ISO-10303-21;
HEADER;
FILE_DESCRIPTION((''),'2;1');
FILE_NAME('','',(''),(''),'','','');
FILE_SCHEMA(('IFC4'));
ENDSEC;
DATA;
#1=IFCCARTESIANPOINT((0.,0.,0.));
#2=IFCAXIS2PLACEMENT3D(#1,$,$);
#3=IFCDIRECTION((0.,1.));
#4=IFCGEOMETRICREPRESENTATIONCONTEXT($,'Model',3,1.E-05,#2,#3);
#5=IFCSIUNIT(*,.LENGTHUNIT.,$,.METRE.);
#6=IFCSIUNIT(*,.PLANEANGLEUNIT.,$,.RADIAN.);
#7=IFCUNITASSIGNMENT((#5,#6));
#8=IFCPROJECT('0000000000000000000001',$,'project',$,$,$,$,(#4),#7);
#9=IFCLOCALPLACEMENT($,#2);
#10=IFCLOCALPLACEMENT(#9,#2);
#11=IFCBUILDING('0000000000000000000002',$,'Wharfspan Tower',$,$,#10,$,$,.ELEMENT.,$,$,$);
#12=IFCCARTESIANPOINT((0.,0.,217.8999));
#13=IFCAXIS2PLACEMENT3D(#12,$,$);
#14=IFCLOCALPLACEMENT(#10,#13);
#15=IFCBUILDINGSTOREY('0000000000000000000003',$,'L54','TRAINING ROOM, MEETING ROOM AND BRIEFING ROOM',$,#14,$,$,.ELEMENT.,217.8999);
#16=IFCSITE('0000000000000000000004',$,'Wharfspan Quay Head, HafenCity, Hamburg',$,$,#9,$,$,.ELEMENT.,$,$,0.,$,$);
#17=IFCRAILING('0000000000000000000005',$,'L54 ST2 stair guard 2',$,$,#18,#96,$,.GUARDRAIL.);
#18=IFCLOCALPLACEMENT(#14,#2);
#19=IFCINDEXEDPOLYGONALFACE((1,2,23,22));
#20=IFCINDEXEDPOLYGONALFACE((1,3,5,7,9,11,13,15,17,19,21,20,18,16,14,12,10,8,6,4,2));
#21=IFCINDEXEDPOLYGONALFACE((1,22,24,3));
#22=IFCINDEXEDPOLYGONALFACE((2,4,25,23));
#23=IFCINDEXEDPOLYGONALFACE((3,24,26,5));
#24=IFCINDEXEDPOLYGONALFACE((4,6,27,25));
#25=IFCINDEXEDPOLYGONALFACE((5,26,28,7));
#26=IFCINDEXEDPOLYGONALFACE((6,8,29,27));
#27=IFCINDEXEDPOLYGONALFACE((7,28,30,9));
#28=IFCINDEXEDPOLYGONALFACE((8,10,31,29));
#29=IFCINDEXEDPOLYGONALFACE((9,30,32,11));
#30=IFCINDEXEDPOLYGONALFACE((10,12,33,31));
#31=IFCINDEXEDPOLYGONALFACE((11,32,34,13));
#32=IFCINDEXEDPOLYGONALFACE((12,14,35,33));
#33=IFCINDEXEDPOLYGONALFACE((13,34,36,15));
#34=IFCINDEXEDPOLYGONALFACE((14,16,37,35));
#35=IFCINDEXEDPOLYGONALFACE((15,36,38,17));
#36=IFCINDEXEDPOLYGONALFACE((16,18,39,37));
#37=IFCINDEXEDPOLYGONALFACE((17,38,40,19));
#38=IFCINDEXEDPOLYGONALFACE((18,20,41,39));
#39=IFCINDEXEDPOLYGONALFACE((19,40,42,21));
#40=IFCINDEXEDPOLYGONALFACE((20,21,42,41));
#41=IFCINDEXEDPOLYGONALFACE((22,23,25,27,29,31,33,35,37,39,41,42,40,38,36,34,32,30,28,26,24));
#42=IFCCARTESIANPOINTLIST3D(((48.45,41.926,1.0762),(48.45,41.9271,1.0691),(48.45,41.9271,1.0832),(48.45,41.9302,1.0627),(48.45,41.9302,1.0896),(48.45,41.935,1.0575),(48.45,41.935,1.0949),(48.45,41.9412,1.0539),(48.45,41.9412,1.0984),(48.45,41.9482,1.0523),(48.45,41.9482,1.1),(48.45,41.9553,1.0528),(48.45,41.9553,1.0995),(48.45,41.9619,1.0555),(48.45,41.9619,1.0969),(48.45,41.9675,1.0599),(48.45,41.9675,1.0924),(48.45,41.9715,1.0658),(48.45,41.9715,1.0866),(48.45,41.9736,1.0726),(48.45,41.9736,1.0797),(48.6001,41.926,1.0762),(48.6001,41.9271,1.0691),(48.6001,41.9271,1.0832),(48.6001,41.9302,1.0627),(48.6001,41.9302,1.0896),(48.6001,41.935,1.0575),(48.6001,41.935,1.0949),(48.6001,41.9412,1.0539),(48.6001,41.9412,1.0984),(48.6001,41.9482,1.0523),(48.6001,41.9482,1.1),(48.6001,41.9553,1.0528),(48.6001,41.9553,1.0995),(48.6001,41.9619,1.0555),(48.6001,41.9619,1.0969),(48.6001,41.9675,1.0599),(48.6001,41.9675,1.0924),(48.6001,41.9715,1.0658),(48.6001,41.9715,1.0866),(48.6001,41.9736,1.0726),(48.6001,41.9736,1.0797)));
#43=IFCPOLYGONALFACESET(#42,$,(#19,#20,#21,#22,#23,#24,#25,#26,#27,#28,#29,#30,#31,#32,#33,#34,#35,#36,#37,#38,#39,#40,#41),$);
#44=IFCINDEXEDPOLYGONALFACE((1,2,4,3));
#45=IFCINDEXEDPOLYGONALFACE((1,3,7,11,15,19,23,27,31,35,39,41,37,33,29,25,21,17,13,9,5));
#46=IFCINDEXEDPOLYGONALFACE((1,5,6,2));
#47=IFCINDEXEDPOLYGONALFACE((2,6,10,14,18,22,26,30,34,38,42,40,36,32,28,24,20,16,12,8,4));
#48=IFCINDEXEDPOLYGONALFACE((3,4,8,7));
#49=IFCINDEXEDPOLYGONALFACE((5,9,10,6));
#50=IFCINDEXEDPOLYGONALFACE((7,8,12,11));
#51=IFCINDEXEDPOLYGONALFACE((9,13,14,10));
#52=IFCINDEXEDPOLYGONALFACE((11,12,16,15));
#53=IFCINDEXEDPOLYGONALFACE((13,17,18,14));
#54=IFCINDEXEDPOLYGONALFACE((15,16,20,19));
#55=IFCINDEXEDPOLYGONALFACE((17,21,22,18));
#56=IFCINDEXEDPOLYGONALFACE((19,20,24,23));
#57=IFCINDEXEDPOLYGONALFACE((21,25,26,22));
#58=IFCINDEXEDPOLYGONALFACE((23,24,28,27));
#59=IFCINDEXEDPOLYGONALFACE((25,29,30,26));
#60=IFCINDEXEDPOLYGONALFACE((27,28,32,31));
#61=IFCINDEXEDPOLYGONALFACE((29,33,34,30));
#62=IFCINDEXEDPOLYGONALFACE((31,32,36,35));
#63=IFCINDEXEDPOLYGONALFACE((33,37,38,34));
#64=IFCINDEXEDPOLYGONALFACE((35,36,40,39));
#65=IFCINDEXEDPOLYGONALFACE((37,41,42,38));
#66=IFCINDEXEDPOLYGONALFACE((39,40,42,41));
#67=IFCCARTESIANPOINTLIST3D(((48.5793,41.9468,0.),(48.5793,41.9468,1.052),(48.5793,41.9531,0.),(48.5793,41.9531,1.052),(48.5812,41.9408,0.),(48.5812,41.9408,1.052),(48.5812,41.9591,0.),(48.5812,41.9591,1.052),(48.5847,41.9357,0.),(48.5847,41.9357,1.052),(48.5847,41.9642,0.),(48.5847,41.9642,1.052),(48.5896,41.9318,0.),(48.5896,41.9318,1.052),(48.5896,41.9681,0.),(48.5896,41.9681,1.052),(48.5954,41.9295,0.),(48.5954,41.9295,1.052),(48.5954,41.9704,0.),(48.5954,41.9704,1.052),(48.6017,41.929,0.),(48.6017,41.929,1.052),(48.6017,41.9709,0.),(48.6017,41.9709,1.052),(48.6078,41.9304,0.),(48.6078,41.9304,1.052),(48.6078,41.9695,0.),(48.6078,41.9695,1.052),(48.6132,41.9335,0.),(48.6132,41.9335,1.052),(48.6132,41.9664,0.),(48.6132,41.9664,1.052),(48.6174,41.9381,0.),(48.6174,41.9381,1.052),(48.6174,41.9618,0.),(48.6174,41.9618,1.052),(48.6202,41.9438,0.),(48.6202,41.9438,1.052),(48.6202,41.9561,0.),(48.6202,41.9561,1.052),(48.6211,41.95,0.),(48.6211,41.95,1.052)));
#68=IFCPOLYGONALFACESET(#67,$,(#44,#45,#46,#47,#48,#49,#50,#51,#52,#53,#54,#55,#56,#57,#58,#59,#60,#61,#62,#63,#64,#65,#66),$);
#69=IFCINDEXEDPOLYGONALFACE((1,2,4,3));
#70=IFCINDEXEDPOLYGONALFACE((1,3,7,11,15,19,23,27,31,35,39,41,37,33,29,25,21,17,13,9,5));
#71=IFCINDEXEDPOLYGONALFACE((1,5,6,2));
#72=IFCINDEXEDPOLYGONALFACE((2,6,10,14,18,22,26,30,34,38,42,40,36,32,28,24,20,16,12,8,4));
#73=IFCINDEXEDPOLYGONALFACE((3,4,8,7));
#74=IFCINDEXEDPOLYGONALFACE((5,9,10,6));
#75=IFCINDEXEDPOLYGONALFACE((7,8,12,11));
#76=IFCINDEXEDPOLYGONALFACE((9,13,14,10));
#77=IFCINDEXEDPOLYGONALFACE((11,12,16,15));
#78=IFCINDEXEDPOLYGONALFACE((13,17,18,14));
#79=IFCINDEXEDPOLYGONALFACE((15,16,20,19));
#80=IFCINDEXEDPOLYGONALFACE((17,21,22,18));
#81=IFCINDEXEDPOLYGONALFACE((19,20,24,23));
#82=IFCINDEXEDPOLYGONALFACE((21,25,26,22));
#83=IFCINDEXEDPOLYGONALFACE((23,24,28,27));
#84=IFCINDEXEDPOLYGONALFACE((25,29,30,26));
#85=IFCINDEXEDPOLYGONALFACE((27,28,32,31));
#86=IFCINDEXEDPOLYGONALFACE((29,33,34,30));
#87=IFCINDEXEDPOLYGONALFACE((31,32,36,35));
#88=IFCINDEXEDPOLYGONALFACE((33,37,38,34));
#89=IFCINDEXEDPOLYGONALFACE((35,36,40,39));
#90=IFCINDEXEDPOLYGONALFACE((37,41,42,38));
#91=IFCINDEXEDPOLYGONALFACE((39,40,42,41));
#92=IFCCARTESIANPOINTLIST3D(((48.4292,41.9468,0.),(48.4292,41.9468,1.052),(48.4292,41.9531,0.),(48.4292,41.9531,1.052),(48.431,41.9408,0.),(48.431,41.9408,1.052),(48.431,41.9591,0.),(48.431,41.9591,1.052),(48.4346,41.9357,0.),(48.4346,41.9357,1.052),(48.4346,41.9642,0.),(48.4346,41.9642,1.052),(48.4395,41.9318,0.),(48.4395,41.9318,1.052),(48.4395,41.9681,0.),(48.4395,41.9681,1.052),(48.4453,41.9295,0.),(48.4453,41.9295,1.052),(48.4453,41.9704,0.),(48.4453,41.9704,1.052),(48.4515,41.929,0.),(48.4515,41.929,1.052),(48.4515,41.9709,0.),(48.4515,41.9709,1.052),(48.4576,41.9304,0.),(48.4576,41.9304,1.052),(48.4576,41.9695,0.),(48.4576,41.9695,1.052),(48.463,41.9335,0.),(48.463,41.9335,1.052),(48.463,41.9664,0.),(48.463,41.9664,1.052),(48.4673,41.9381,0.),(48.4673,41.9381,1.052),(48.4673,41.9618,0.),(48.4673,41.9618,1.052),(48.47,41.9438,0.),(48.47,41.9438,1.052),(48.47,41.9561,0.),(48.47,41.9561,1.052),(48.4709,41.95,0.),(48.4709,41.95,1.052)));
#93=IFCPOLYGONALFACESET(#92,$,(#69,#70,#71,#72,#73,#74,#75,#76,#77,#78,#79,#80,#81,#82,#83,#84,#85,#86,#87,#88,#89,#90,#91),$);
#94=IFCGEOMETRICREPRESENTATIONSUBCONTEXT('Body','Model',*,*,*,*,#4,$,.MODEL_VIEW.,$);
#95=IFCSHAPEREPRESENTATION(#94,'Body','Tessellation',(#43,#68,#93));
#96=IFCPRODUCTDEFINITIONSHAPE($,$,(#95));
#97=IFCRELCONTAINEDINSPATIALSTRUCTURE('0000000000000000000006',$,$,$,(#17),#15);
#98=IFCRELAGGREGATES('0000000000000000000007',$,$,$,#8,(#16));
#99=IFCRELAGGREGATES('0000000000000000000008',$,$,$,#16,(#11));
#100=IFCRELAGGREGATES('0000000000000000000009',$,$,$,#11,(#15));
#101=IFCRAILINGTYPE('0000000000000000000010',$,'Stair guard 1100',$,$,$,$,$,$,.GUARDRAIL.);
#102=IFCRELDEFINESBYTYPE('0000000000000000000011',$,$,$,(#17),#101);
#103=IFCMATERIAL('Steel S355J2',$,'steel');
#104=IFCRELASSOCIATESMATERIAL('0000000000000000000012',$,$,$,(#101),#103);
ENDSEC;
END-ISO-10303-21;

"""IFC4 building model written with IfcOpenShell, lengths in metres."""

from ifc_helpers import new_model, si_unit, direction, frame, origin, origin_2d, place, context, subcontext, project, spatial, circle, extrude, material, type_object, element, save


model = new_model("IFC4")

# Units and contexts
model_context = context("Model", 3, precision=1e-05, world=origin(), true_north=direction((0.0, 1.0)))
body_context = subcontext(model_context, "Body", "Model", "MODEL_VIEW")
ifc_project = project(units=[si_unit("LENGTHUNIT", "METRE"), si_unit("PLANEANGLEUNIT", "RADIAN")], contexts=[model_context])

# Site, building, storey
site_placement = place(None, origin())
site = spatial("IfcSite", under=ifc_project, at=site_placement, Name="Wharfspan Quay Head, HafenCity, Hamburg", CompositionType="ELEMENT", RefElevation=0.0)
building_placement = place(site_placement, origin())
building = spatial("IfcBuilding", under=site, at=building_placement, Name="Wharfspan Tower", CompositionType="ELEMENT")
storey_placement = place(building_placement, frame((0.0, 0.0, 217.8999)))
storey = spatial("IfcBuildingStorey", under=building, at=storey_placement, Name="L54", Description="TRAINING ROOM, MEETING ROOM AND BRIEFING ROOM", CompositionType="ELEMENT", Elevation=217.8999)

# Shared definitions
ifc_material_1 = material(Name="Steel S355J2", Category="steel")

# Railing
railing_type_1 = type_object("IfcRailingType", Name="Stair guard 1100", PredefinedType="GUARDRAIL", material=ifc_material_1)
railing_1_placement = place(storey_placement, frame((48.6001, 41.95, 0.0)))
element("IfcRailing", 1, at=railing_1_placement, inside=storey, type_object=railing_type_1, Name="L54 ST2 stair guard 2", PredefinedType="GUARDRAIL", context=body_context, shape_type="SweptSolid", body=[
    extrude(circle(Radius=0.0239, at=origin_2d()), frame((0.0, 0.0, 1.0762), z_axis=(-1.0, 0.0, 0.0), x_axis=(0.0, -1.0, 0.0)), (0.0, 0.0, 1.0), 0.1501),
    extrude(circle(Radius=0.021, at=origin_2d()), origin(), (0.0, 0.0, 1.0), 1.052),
    extrude(circle(Radius=0.021, at=origin_2d()), frame((-0.1501, 0.0, 0.0)), (0.0, 0.0, 1.0), 1.052),
])

save(model, "model.ifc")
